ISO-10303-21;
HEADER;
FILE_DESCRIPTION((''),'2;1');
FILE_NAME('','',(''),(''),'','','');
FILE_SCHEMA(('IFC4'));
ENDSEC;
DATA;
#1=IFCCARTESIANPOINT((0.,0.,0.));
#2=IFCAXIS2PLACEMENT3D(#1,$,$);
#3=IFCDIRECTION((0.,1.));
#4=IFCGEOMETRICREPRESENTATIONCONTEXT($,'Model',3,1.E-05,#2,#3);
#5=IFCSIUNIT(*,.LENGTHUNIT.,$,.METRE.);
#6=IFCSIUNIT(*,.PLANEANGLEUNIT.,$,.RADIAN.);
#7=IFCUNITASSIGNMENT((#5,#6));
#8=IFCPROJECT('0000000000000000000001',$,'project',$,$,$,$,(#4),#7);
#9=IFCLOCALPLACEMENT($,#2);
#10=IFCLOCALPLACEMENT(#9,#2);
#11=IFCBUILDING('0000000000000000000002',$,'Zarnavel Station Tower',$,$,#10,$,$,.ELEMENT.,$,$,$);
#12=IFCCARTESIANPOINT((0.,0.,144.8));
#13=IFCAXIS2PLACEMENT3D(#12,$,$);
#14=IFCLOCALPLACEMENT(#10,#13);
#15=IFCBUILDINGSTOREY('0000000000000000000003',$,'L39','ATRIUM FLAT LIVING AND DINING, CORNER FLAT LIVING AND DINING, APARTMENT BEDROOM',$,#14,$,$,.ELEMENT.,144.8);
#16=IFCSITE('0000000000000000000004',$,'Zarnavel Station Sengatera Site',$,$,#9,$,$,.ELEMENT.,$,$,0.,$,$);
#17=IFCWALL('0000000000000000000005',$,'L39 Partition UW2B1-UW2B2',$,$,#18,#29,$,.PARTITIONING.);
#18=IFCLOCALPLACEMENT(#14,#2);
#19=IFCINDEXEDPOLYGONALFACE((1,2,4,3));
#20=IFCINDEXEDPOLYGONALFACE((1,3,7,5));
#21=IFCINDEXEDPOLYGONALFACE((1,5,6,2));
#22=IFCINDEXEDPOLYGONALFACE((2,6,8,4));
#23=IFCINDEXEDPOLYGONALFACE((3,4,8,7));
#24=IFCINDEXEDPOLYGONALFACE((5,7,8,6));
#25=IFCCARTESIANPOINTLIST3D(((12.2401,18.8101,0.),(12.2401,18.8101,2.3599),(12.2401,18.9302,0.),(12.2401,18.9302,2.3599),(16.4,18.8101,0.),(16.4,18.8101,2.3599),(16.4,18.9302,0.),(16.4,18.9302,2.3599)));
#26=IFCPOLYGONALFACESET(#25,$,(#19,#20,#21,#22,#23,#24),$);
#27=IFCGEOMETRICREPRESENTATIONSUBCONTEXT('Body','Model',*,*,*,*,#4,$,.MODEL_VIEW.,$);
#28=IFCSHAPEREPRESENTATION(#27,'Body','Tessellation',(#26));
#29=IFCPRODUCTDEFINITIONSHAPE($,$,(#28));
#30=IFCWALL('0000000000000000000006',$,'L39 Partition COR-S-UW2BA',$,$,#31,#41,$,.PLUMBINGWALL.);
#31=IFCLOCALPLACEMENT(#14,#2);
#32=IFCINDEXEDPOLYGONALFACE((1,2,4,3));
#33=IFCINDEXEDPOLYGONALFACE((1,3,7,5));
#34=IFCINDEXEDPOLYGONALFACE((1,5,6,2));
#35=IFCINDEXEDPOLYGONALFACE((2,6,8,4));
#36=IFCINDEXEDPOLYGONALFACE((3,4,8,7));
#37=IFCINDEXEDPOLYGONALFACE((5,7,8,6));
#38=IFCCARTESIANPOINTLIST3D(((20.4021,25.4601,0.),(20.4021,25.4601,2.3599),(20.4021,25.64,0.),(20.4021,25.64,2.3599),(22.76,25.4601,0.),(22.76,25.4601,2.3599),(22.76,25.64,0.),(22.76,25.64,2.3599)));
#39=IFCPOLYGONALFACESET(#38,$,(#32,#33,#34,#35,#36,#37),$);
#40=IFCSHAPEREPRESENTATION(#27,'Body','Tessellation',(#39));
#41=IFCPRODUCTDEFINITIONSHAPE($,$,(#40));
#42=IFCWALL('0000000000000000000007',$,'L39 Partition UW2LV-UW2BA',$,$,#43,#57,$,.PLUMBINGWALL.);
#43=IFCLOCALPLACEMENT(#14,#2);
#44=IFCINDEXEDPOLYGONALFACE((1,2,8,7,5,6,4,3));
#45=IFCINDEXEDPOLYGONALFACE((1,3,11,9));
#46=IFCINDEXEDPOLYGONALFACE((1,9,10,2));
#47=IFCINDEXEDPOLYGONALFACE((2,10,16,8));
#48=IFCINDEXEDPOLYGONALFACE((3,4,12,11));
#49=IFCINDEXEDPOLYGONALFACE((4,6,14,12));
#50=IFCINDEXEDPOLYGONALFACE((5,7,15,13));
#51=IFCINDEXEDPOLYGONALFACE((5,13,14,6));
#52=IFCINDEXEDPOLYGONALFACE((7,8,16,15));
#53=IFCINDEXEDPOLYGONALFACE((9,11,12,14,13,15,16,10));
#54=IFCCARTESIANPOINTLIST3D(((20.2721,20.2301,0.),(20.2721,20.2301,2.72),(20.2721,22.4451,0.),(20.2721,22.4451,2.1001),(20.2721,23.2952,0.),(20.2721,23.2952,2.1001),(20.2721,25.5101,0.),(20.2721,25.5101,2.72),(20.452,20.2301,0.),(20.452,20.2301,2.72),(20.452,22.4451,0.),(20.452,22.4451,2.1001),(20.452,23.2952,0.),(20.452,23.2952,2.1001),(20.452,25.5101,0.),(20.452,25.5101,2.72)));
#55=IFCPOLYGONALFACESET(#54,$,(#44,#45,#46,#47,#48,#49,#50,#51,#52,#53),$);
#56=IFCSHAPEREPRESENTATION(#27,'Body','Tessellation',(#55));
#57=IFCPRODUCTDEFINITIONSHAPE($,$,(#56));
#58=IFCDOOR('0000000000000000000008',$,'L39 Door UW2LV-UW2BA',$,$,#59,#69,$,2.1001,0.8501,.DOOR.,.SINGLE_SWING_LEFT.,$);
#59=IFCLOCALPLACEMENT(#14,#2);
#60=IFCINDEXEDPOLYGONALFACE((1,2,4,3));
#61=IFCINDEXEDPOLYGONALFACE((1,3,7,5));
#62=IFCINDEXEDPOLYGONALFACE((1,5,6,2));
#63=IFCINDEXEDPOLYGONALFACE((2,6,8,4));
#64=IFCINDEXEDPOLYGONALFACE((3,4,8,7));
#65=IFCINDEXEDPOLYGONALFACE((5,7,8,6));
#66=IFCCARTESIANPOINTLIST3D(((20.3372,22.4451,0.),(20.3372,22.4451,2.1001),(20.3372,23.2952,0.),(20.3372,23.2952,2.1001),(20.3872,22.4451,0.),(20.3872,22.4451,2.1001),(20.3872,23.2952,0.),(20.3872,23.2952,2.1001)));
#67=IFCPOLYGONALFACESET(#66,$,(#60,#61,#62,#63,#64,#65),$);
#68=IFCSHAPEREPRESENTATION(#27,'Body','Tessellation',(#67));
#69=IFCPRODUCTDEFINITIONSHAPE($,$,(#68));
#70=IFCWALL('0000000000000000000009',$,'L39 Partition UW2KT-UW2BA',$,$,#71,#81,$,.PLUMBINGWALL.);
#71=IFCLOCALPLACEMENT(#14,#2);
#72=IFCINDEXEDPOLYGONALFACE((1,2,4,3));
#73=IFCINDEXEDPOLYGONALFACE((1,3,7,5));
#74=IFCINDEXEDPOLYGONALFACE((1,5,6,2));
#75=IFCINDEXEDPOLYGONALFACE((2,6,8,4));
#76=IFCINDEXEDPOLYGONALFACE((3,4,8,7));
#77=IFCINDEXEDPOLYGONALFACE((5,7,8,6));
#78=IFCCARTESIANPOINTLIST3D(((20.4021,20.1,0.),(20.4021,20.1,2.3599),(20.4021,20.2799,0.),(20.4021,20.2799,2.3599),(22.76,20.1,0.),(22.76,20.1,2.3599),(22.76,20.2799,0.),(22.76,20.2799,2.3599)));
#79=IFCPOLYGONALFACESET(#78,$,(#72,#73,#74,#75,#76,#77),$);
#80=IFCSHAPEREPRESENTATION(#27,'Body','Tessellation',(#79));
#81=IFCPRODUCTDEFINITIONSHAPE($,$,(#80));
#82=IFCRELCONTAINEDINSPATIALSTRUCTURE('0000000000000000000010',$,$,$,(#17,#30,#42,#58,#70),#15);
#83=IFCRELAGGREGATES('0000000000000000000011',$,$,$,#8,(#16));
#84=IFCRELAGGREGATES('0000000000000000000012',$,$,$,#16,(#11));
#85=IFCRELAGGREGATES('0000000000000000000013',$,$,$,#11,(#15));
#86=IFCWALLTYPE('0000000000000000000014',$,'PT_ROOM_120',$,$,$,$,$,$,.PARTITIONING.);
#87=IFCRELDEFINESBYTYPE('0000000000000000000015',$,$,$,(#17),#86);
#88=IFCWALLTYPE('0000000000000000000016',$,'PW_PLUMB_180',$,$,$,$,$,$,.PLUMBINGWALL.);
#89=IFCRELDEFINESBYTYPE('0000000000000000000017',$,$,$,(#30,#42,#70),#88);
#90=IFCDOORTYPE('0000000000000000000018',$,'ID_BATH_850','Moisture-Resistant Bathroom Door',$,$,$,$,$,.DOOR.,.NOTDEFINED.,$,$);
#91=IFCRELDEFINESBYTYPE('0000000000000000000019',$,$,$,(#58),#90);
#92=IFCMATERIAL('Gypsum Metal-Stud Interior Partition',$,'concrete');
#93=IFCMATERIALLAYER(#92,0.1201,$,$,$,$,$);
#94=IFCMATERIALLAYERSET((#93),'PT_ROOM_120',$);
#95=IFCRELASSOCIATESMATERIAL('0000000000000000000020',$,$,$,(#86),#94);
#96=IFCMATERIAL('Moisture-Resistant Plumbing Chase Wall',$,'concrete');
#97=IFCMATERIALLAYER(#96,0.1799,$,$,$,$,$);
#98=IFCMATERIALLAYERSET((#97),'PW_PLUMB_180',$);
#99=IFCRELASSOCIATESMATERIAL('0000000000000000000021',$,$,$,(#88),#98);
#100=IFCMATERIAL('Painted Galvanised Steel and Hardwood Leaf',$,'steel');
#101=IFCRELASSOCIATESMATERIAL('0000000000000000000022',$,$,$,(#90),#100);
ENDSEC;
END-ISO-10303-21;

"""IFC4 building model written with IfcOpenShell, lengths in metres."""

from ifc_helpers import new_model, si_unit, direction, frame, frame_2d, origin, place, context, subcontext, project, spatial, rectangle, extrude, material, layer, layer_set, type_object, element, fill, save


model = new_model("IFC4")

# Units and contexts
model_context = context("Model", 3, precision=1e-05, world=origin(), true_north=direction((0.0, 1.0)))
body_context = subcontext(model_context, "Body", "Model", "MODEL_VIEW")
ifc_project = project(units=[si_unit("LENGTHUNIT", "METRE"), si_unit("PLANEANGLEUNIT", "RADIAN")], contexts=[model_context])

# Site, building, storey
site_placement = place(None, origin())
site = spatial("IfcSite", under=ifc_project, at=site_placement, Name="Zarnavel Station Sengatera Site", CompositionType="ELEMENT", RefElevation=0.0)
building_placement = place(site_placement, origin())
building = spatial("IfcBuilding", under=site, at=building_placement, Name="Zarnavel Station Tower", CompositionType="ELEMENT")
storey_placement = place(building_placement, frame((0.0, 0.0, 144.8)))
storey = spatial("IfcBuildingStorey", under=building, at=storey_placement, Name="L39", Description="ATRIUM FLAT LIVING AND DINING, CORNER FLAT LIVING AND DINING, APARTMENT BEDROOM", CompositionType="ELEMENT", Elevation=144.8)

# Shared definitions
ifc_material_1 = material(Name="Gypsum Metal-Stud Interior Partition", Category="concrete")
ifc_layer_1 = layer(ifc_material_1, 0.1201)
ifc_layer_set_1 = layer_set([ifc_layer_1], Name="PT_ROOM_120")
wall_type_1 = type_object("IfcWallType", Name="PT_ROOM_120", PredefinedType="PARTITIONING", material=ifc_layer_set_1)

# Walls
wall_1_placement = place(storey_placement, frame((12.24, 18.8701, 0.0), z_axis=(0.0, 0.0, 1.0), x_axis=(1.0, 0.0, 0.0)))
element("IfcWall", 1, at=wall_1_placement, inside=storey, type_object=wall_type_1, Name="L39 Partition UW2B1-UW2B2", PredefinedType="PARTITIONING", context=body_context, shape_type="SweptSolid", body=[
    extrude(rectangle(XDim=4.1599, YDim=0.1201, at=frame_2d((2.0801, 0.0))), origin(), (0.0, 0.0, 1.0), 2.3599),
])
ifc_material_2 = material(Name="Moisture-Resistant Plumbing Chase Wall", Category="concrete")
ifc_layer_2 = layer(ifc_material_2, 0.1799)
ifc_layer_set_2 = layer_set([ifc_layer_2], Name="PW_PLUMB_180")
wall_type_2 = type_object("IfcWallType", Name="PW_PLUMB_180", PredefinedType="PLUMBINGWALL", material=ifc_layer_set_2)
wall_2_placement = place(storey_placement, frame((20.4021, 25.55, 0.0), z_axis=(0.0, 0.0, 1.0), x_axis=(1.0, 0.0, 0.0)))
element("IfcWall", 2, at=wall_2_placement, inside=storey, type_object=wall_type_2, Name="L39 Partition COR-S-UW2BA", PredefinedType="PLUMBINGWALL", context=body_context, shape_type="SweptSolid", body=[
    extrude(rectangle(XDim=2.3579, YDim=0.1799, at=frame_2d((1.179, 0.0))), origin(), (0.0, 0.0, 1.0), 2.3599),
])

# Wall, opening, door
wall_3_placement = place(storey_placement, frame((20.3621, 20.23, 0.0), z_axis=(0.0, 0.0, 1.0), x_axis=(0.0, 1.0, 0.0)))
wall_3 = element("IfcWall", 3, at=wall_3_placement, inside=storey, type_object=wall_type_2, Name="L39 Partition UW2LV-UW2BA", PredefinedType="PLUMBINGWALL", context=body_context, shape_type="SweptSolid", body=[
    extrude(rectangle(XDim=5.28, YDim=0.1799, at=frame_2d((2.6401, 0.0))), origin(), (0.0, 0.0, 1.0), 2.72),
])
opening_1_placement = place(wall_3_placement, frame((2.2151, 0.0, 0.0)))
opening_1 = element("IfcOpeningElement", 4, at=opening_1_placement, cuts=wall_3, PredefinedType="OPENING", context=body_context, shape_type="SweptSolid", body=[
    extrude(rectangle(XDim=0.8501, YDim=2.1001, at=frame_2d((0.425, 1.05))), frame((0.0, 0.0999, 0.0), z_axis=(0.0, -1.0, 0.0), x_axis=(1.0, 0.0, 0.0)), (0.0, 0.0, 1.0), 0.2),
])
ifc_material_3 = material(Name="Painted Galvanised Steel and Hardwood Leaf", Category="steel")
door_type_1 = type_object("IfcDoorType", Name="ID_BATH_850", Description="Moisture-Resistant Bathroom Door", OperationType="NOTDEFINED", PredefinedType="DOOR", material=ifc_material_3)
door_1_placement = place(opening_1_placement, origin())
door_1 = element("IfcDoor", 5, at=door_1_placement, inside=storey, type_object=door_type_1, Name="L39 Door UW2LV-UW2BA", OperationType="SINGLE_SWING_LEFT", OverallHeight=2.1001, OverallWidth=0.8501, PredefinedType="DOOR", context=body_context, shape_type="SweptSolid", body=[
    extrude(rectangle(XDim=0.8501, YDim=2.1001, at=frame_2d((0.425, 1.05))), frame((0.0, 0.0249, 0.0), z_axis=(0.0, -1.0, 0.0), x_axis=(1.0, 0.0, 0.0)), (0.0, 0.0, 1.0), 0.05),
])
fill(opening_1, door_1)

# Wall
wall_4_placement = place(storey_placement, frame((20.4021, 20.1899, 0.0), z_axis=(0.0, 0.0, 1.0), x_axis=(1.0, 0.0, 0.0)))
element("IfcWall", 6, at=wall_4_placement, inside=storey, type_object=wall_type_2, Name="L39 Partition UW2KT-UW2BA", PredefinedType="PLUMBINGWALL", context=body_context, shape_type="SweptSolid", body=[
    extrude(rectangle(XDim=2.3579, YDim=0.1799, at=frame_2d((1.179, 0.0))), origin(), (0.0, 0.0, 1.0), 2.3599),
])

save(model, "model.ifc")
